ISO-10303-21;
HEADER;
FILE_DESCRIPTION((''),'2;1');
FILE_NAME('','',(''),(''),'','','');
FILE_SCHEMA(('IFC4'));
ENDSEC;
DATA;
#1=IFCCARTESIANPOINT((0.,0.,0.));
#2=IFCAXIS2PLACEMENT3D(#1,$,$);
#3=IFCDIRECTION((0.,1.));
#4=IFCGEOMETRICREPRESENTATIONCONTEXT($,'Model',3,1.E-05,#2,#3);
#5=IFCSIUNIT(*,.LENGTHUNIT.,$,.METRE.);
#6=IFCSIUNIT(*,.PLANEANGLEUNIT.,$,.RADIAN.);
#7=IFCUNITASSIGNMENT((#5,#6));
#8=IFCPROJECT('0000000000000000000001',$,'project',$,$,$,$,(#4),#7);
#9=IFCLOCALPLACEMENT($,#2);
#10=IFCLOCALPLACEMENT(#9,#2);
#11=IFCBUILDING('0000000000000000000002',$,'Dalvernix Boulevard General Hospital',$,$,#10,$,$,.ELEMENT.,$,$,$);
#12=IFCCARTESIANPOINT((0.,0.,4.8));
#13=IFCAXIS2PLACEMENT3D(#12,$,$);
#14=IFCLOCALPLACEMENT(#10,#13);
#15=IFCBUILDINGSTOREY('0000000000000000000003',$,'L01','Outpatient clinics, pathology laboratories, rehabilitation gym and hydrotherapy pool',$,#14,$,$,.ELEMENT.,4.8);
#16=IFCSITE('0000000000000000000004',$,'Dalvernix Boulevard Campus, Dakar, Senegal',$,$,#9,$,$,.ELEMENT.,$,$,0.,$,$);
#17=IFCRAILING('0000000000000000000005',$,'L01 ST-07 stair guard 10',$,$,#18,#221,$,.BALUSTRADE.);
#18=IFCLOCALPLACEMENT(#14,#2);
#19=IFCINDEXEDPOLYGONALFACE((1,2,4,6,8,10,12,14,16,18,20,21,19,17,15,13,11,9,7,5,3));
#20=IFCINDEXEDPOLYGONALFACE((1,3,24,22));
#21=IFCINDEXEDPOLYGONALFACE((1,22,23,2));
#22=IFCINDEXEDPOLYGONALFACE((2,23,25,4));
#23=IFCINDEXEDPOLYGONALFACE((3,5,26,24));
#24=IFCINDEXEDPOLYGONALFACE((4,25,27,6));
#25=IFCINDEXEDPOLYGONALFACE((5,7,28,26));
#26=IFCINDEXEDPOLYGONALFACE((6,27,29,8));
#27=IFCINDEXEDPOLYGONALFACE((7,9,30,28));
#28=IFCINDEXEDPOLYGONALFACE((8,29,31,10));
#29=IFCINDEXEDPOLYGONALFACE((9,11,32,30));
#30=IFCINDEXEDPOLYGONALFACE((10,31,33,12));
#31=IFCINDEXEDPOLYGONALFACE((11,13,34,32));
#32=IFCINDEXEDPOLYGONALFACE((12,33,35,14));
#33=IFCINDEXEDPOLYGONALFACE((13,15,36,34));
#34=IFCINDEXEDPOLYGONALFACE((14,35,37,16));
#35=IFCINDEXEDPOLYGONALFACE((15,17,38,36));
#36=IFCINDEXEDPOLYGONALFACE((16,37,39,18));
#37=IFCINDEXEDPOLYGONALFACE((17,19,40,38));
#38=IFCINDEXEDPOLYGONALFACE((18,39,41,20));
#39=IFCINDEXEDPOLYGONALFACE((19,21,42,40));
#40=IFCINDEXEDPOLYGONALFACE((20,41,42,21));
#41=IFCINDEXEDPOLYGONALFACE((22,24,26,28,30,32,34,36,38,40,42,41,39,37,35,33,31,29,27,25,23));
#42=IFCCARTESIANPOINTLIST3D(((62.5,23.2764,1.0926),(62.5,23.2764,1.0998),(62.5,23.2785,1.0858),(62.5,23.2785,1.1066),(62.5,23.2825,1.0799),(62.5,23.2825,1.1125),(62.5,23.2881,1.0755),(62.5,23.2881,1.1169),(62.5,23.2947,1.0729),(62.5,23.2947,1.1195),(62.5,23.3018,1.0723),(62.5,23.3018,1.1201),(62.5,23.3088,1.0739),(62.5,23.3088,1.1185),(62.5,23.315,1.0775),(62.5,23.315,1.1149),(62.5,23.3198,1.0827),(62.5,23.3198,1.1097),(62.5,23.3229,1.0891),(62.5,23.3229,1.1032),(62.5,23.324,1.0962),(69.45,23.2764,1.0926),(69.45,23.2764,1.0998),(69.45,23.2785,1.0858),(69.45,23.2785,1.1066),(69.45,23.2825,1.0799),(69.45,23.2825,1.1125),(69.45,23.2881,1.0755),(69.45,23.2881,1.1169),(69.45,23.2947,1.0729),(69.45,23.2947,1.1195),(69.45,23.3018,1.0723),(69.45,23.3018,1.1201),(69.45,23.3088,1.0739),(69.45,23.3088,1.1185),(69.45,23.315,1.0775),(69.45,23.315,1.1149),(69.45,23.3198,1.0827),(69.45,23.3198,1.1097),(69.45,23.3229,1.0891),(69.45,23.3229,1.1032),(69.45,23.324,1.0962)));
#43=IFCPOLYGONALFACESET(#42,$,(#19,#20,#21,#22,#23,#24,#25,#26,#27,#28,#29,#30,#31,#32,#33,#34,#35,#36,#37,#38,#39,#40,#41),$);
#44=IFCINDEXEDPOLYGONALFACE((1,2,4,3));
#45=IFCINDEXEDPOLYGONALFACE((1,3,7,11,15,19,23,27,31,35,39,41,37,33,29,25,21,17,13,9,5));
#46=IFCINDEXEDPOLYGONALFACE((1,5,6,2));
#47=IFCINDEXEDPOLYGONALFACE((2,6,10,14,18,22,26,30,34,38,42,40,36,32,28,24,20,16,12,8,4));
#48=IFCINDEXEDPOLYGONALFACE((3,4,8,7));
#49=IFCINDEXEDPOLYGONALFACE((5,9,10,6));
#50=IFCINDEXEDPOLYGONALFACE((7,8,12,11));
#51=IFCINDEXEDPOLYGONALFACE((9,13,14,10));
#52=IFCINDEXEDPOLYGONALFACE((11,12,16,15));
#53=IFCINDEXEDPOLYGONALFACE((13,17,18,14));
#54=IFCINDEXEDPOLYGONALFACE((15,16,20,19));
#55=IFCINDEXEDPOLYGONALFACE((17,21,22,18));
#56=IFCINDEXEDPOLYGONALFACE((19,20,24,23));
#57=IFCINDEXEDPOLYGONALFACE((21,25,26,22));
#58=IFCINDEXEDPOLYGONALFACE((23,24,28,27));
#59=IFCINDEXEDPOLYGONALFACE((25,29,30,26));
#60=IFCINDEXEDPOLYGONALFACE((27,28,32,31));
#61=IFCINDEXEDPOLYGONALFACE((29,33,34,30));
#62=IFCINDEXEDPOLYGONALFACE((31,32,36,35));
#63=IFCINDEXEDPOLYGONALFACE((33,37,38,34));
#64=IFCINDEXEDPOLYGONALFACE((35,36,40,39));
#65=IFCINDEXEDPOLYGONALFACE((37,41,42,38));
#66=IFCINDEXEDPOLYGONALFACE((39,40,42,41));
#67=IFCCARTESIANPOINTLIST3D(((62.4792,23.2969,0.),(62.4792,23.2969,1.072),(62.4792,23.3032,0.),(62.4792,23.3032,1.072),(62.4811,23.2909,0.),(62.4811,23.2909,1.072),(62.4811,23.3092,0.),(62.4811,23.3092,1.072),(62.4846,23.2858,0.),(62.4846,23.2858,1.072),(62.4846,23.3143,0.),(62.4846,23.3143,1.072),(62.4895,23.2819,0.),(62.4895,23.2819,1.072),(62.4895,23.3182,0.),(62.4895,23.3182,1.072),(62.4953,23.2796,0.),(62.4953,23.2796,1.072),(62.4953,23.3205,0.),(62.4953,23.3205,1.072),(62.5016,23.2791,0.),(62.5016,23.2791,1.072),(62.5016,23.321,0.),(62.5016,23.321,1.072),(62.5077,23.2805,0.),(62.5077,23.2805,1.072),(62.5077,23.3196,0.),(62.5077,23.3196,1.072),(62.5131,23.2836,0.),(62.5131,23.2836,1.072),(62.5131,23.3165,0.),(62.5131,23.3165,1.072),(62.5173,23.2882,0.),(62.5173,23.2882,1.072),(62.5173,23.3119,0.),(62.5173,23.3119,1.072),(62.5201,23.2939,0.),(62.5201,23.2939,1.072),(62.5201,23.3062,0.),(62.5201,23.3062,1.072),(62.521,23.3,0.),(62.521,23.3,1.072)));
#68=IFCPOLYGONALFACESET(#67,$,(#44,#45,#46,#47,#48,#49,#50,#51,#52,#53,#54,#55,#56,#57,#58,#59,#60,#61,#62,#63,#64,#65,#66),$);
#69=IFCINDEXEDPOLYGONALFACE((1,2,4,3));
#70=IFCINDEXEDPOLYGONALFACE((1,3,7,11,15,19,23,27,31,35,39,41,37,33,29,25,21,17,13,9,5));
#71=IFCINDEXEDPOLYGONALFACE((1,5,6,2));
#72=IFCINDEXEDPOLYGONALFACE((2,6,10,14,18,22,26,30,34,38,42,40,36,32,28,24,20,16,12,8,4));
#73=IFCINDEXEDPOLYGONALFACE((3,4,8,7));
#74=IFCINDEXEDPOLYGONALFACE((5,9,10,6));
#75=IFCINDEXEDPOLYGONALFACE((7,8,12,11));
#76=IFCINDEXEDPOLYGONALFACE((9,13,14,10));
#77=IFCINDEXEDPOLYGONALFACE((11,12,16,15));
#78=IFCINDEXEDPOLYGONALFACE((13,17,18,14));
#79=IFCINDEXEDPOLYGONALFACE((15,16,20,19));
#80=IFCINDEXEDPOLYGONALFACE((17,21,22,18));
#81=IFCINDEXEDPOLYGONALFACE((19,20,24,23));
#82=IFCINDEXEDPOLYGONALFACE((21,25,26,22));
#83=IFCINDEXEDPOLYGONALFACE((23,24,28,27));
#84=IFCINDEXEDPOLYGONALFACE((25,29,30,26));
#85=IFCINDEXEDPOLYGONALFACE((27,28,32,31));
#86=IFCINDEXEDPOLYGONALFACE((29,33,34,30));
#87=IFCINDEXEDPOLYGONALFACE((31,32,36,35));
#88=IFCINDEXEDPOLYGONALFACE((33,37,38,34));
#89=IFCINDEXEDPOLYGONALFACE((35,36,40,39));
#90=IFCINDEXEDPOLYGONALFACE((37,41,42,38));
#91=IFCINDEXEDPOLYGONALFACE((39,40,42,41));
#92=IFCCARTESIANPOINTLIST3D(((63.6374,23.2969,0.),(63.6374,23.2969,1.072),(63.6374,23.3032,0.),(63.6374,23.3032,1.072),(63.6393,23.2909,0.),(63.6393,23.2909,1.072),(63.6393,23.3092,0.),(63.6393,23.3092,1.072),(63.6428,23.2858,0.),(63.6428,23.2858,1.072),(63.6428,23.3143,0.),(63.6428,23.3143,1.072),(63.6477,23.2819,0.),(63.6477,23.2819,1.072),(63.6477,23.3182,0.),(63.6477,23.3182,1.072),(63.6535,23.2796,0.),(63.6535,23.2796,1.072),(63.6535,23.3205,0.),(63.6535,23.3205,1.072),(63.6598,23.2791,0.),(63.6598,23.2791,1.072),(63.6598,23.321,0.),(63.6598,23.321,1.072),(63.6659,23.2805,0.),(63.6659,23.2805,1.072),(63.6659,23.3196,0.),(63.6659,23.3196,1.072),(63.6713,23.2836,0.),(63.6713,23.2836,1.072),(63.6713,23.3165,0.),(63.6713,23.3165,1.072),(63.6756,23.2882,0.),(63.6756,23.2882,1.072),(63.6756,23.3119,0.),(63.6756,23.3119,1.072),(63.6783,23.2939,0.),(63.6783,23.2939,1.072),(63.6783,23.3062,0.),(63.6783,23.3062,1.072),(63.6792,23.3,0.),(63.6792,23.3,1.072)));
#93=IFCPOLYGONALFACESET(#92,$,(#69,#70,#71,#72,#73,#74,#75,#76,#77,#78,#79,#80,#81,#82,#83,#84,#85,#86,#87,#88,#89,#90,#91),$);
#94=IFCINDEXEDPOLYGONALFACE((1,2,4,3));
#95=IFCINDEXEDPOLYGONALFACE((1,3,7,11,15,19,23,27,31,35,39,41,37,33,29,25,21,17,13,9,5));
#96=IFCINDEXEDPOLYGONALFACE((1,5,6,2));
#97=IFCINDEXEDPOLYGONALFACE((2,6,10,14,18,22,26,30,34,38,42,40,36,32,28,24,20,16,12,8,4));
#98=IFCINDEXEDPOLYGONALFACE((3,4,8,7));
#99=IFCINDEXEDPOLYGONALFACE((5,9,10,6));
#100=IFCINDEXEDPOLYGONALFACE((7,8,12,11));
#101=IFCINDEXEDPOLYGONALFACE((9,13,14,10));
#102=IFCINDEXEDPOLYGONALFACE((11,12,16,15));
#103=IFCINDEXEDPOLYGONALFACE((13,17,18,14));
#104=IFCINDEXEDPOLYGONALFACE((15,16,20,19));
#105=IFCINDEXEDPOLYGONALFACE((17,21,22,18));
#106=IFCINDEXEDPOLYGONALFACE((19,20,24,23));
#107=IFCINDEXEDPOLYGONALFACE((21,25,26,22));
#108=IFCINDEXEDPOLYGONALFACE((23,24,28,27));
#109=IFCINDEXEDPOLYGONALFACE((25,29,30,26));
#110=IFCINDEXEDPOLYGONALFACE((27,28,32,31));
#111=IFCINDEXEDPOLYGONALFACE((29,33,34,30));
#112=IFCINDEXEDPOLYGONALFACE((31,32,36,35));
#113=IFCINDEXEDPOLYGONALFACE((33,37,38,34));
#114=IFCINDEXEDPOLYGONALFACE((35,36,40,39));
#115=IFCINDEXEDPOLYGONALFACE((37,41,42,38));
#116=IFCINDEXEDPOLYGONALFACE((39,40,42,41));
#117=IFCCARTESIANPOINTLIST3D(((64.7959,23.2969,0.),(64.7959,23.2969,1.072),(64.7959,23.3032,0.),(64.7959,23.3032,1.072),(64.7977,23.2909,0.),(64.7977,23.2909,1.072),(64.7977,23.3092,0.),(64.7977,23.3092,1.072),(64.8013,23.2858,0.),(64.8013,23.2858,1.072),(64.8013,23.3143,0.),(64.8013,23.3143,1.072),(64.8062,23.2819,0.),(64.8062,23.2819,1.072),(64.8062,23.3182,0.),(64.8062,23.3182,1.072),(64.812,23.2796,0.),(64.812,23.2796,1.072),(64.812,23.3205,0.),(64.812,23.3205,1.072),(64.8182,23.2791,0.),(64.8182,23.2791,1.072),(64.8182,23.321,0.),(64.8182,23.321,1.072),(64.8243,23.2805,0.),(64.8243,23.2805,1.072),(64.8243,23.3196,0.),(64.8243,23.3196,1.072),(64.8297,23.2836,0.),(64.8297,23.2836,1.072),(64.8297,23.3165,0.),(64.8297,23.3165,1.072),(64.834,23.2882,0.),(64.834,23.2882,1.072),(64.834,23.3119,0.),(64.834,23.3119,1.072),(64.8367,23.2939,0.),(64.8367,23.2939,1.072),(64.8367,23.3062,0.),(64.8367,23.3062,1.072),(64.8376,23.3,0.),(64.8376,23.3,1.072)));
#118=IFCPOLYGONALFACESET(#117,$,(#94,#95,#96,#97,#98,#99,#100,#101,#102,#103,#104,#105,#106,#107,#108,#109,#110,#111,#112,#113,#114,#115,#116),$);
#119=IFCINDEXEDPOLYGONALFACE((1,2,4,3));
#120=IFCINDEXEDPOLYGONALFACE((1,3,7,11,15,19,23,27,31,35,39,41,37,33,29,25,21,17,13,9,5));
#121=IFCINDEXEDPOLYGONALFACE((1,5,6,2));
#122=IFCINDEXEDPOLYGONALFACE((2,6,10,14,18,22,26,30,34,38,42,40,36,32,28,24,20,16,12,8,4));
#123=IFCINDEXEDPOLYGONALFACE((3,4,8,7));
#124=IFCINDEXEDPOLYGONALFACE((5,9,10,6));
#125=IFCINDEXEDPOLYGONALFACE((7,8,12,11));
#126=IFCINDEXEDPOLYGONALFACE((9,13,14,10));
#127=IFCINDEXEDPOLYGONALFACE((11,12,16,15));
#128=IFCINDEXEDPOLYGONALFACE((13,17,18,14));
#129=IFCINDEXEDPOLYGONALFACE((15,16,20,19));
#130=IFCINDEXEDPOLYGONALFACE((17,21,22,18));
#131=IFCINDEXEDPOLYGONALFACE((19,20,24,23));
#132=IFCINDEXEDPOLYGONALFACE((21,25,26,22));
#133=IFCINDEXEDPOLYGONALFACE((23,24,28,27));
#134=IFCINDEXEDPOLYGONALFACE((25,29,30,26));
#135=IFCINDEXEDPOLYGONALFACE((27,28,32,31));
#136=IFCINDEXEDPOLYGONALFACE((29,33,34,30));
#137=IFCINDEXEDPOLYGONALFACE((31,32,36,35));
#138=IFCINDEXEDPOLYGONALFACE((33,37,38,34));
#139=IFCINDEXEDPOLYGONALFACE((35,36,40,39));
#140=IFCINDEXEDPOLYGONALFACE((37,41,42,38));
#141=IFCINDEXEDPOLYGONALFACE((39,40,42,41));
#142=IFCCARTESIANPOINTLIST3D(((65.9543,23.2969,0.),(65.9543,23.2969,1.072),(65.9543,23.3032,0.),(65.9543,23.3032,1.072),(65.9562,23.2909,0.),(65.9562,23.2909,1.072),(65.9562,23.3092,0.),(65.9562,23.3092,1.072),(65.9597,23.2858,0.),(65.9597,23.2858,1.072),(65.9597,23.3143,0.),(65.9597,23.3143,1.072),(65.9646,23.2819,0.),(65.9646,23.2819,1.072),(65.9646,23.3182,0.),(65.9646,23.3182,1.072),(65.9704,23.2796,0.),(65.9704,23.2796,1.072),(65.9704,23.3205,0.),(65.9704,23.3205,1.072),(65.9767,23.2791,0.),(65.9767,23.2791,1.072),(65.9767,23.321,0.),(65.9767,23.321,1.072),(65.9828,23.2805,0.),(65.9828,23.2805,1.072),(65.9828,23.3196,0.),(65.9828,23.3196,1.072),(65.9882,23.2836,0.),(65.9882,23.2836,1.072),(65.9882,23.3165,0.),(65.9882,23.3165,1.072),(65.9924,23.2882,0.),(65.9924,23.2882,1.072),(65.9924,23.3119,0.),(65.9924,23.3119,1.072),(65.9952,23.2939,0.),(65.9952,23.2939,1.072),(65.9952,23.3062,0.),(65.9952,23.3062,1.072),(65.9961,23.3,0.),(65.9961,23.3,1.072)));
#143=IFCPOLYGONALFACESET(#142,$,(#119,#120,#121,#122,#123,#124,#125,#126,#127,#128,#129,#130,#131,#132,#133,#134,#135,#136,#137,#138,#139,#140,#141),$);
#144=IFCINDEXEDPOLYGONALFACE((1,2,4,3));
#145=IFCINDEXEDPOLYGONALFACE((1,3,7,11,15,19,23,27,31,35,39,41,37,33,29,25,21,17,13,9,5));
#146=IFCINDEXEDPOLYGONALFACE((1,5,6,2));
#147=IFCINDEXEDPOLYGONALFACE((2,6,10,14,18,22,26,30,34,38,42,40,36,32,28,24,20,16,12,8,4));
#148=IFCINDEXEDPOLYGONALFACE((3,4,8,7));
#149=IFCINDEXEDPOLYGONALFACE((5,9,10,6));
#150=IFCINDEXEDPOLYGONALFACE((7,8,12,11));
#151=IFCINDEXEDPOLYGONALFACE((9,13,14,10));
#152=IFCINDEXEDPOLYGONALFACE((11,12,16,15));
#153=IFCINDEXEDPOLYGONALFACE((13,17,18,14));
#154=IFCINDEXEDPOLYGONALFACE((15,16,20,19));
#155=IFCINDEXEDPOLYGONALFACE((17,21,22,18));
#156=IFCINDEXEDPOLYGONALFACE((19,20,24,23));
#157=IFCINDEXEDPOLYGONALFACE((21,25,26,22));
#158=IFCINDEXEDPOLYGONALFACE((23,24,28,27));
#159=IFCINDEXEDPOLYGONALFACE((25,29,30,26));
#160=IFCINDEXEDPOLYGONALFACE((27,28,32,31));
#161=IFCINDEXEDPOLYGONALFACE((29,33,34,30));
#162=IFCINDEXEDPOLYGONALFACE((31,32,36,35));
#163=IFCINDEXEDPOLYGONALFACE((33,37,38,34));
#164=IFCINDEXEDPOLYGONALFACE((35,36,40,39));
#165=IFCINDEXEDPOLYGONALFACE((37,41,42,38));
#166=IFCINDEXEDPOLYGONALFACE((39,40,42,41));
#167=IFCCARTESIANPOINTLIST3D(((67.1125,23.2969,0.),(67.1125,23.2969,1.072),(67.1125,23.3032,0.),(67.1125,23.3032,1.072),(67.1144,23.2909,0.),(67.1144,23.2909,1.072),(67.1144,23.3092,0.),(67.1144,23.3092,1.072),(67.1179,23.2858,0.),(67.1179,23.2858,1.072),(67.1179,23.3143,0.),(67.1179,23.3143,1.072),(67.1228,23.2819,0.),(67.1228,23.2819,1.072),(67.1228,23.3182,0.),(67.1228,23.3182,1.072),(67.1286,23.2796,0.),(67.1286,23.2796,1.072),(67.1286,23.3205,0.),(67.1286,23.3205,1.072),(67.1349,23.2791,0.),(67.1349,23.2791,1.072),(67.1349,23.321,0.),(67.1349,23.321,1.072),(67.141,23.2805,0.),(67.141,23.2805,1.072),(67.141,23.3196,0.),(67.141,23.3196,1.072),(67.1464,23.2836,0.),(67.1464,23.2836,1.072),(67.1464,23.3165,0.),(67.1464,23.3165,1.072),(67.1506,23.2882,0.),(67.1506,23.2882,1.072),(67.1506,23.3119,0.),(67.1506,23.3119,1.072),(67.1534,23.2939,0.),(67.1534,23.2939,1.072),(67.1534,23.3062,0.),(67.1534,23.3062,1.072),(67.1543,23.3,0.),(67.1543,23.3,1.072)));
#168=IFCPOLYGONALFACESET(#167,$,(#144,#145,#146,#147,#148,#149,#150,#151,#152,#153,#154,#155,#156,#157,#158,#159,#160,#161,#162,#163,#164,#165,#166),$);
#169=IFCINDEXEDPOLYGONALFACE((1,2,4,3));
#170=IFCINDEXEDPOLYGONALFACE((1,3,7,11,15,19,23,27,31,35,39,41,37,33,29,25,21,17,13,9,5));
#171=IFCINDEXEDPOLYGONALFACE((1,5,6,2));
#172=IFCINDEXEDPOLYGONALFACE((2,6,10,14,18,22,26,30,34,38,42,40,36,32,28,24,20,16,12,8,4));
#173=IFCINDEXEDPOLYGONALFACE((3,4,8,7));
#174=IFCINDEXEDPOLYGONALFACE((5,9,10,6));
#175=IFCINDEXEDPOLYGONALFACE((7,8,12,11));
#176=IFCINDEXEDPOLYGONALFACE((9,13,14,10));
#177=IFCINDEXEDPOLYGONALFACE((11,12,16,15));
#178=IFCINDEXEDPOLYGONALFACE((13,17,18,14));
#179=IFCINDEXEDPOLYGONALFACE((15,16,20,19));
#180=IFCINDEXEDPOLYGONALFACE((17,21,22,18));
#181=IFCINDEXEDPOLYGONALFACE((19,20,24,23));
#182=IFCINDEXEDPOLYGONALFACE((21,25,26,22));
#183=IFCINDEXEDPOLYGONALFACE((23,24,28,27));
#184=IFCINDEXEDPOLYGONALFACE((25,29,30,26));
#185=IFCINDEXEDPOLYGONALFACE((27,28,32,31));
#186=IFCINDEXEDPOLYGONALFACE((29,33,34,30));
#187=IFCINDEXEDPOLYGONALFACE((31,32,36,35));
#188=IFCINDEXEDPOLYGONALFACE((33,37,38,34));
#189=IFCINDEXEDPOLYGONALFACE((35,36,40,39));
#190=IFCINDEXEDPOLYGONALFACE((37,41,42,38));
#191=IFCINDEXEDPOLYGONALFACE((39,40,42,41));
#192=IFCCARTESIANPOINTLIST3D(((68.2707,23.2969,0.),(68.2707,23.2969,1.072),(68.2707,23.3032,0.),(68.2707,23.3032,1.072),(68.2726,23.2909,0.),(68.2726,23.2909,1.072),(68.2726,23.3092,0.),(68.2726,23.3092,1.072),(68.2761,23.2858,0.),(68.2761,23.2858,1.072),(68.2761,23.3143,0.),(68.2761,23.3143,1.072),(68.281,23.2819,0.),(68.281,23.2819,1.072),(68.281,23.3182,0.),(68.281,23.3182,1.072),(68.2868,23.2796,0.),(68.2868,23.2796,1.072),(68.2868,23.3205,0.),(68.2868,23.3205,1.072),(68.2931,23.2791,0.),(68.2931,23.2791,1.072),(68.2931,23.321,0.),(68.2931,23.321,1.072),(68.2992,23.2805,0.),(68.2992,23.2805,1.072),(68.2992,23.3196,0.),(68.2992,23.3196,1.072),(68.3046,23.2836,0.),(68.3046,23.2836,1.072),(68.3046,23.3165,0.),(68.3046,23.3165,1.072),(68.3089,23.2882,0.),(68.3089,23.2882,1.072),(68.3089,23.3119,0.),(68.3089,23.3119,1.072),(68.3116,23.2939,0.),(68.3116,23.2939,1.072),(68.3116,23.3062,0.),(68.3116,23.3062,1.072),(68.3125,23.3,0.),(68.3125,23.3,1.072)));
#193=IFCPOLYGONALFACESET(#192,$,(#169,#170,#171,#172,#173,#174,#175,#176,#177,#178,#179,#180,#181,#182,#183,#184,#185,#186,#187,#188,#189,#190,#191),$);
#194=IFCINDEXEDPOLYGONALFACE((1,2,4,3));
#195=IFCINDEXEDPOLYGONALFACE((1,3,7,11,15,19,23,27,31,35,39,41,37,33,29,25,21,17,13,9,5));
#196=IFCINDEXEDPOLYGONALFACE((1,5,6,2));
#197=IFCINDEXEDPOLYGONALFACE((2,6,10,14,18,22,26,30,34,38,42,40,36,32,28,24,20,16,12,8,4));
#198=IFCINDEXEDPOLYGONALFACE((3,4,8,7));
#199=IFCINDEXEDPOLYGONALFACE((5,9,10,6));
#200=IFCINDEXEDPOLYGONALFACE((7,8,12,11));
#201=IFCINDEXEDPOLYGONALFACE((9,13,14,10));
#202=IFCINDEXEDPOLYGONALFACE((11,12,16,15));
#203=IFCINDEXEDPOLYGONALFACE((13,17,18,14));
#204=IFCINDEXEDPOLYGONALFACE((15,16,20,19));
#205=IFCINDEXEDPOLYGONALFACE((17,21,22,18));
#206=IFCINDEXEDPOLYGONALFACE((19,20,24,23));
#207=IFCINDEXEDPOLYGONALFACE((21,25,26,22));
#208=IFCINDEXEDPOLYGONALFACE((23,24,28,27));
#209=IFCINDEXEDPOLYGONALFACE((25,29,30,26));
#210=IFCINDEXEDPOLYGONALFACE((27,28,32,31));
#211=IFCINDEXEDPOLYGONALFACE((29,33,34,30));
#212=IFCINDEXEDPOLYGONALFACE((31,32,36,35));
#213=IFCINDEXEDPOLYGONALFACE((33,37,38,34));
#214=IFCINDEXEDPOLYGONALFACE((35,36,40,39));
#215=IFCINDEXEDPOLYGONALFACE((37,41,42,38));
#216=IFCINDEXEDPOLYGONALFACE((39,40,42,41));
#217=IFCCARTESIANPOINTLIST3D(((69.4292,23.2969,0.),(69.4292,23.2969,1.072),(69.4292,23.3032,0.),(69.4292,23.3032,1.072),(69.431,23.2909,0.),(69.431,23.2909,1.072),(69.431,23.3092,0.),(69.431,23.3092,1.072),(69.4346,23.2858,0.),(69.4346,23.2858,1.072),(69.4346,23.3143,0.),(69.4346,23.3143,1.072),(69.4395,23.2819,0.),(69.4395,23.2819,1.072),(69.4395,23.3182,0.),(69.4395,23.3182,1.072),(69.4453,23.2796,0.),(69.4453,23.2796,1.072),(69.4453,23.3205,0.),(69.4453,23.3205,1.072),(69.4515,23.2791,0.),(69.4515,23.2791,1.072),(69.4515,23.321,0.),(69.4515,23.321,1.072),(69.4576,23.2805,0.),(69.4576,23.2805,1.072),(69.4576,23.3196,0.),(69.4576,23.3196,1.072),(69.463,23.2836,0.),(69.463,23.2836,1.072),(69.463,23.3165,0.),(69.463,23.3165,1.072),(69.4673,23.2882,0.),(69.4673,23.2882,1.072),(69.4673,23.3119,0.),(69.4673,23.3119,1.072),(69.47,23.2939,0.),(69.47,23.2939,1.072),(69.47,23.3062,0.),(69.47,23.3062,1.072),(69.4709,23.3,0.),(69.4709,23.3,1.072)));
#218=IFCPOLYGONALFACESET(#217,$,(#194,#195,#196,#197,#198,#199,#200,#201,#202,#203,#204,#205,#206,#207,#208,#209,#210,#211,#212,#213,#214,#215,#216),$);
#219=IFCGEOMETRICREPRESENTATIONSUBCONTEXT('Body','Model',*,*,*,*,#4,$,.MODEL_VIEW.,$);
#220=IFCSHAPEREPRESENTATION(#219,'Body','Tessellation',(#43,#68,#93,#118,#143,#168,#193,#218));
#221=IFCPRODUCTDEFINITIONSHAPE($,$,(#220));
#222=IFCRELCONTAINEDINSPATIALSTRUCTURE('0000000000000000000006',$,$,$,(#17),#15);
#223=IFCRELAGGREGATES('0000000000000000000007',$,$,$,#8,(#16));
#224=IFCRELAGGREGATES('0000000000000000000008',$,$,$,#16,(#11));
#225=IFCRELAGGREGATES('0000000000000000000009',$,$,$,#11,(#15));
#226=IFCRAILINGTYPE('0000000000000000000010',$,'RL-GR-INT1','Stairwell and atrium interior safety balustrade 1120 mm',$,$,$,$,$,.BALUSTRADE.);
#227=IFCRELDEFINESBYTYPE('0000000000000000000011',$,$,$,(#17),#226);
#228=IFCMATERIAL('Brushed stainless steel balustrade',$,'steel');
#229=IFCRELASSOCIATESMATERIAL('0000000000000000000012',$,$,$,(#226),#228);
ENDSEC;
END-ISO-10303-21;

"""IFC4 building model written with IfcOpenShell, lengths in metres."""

from ifc_helpers import new_model, si_unit, direction, frame, origin, origin_2d, place, context, subcontext, project, spatial, circle, extrude, material, type_object, element, save


model = new_model("IFC4")

# Units and contexts
model_context = context("Model", 3, precision=1e-05, world=origin(), true_north=direction((0.0, 1.0)))
body_context = subcontext(model_context, "Body", "Model", "MODEL_VIEW")
ifc_project = project(units=[si_unit("LENGTHUNIT", "METRE"), si_unit("PLANEANGLEUNIT", "RADIAN")], contexts=[model_context])

# Site, building, storey
site_placement = place(None, origin())
site = spatial("IfcSite", under=ifc_project, at=site_placement, Name="Dalvernix Boulevard Campus, Dakar, Senegal", CompositionType="ELEMENT", RefElevation=0.0)
building_placement = place(site_placement, origin())
building = spatial("IfcBuilding", under=site, at=building_placement, Name="Dalvernix Boulevard General Hospital", CompositionType="ELEMENT")
storey_placement = place(building_placement, frame((0.0, 0.0, 4.8)))
storey = spatial("IfcBuildingStorey", under=building, at=storey_placement, Name="L01", Description="Outpatient clinics, pathology laboratories, rehabilitation gym and hydrotherapy pool", CompositionType="ELEMENT", Elevation=4.8)

# Railing
ifc_material_1 = material(Name="Brushed stainless steel balustrade", Category="steel")
railing_type = type_object("IfcRailingType", Name="RL-GR-INT1", Description="Stairwell and atrium interior safety balustrade 1120 mm", PredefinedType="BALUSTRADE", material=ifc_material_1)
railing_placement = place(storey_placement, frame((62.5, 23.3, 0.0)))
element("IfcRailing", 1, at=railing_placement, inside=storey, type_object=railing_type, Name="L01 ST-07 stair guard 10", PredefinedType="BALUSTRADE", context=body_context, shape_type="SweptSolid", body=[
    extrude(circle(Radius=0.0239, at=origin_2d()), frame((0.0, 0.0, 1.0962), z_axis=(1.0, 0.0, 0.0), x_axis=(0.0, 1.0, 0.0)), (0.0, 0.0, 1.0), 6.95),
    extrude(circle(Radius=0.021, at=origin_2d()), origin(), (0.0, 0.0, 1.0), 1.072),
    extrude(circle(Radius=0.021, at=origin_2d()), frame((1.1582, 0.0, 0.0)), (0.0, 0.0, 1.0), 1.072),
    extrude(circle(Radius=0.021, at=origin_2d()), frame((2.3167, 0.0, 0.0)), (0.0, 0.0, 1.0), 1.072),
    extrude(circle(Radius=0.021, at=origin_2d()), frame((3.4751, 0.0, 0.0)), (0.0, 0.0, 1.0), 1.072),
    extrude(circle(Radius=0.021, at=origin_2d()), frame((4.6333, 0.0, 0.0)), (0.0, 0.0, 1.0), 1.072),
    extrude(circle(Radius=0.021, at=origin_2d()), frame((5.7915, 0.0, 0.0)), (0.0, 0.0, 1.0), 1.072),
    extrude(circle(Radius=0.021, at=origin_2d()), frame((6.95, 0.0, 0.0)), (0.0, 0.0, 1.0), 1.072),
])

save(model, "model.ifc")
